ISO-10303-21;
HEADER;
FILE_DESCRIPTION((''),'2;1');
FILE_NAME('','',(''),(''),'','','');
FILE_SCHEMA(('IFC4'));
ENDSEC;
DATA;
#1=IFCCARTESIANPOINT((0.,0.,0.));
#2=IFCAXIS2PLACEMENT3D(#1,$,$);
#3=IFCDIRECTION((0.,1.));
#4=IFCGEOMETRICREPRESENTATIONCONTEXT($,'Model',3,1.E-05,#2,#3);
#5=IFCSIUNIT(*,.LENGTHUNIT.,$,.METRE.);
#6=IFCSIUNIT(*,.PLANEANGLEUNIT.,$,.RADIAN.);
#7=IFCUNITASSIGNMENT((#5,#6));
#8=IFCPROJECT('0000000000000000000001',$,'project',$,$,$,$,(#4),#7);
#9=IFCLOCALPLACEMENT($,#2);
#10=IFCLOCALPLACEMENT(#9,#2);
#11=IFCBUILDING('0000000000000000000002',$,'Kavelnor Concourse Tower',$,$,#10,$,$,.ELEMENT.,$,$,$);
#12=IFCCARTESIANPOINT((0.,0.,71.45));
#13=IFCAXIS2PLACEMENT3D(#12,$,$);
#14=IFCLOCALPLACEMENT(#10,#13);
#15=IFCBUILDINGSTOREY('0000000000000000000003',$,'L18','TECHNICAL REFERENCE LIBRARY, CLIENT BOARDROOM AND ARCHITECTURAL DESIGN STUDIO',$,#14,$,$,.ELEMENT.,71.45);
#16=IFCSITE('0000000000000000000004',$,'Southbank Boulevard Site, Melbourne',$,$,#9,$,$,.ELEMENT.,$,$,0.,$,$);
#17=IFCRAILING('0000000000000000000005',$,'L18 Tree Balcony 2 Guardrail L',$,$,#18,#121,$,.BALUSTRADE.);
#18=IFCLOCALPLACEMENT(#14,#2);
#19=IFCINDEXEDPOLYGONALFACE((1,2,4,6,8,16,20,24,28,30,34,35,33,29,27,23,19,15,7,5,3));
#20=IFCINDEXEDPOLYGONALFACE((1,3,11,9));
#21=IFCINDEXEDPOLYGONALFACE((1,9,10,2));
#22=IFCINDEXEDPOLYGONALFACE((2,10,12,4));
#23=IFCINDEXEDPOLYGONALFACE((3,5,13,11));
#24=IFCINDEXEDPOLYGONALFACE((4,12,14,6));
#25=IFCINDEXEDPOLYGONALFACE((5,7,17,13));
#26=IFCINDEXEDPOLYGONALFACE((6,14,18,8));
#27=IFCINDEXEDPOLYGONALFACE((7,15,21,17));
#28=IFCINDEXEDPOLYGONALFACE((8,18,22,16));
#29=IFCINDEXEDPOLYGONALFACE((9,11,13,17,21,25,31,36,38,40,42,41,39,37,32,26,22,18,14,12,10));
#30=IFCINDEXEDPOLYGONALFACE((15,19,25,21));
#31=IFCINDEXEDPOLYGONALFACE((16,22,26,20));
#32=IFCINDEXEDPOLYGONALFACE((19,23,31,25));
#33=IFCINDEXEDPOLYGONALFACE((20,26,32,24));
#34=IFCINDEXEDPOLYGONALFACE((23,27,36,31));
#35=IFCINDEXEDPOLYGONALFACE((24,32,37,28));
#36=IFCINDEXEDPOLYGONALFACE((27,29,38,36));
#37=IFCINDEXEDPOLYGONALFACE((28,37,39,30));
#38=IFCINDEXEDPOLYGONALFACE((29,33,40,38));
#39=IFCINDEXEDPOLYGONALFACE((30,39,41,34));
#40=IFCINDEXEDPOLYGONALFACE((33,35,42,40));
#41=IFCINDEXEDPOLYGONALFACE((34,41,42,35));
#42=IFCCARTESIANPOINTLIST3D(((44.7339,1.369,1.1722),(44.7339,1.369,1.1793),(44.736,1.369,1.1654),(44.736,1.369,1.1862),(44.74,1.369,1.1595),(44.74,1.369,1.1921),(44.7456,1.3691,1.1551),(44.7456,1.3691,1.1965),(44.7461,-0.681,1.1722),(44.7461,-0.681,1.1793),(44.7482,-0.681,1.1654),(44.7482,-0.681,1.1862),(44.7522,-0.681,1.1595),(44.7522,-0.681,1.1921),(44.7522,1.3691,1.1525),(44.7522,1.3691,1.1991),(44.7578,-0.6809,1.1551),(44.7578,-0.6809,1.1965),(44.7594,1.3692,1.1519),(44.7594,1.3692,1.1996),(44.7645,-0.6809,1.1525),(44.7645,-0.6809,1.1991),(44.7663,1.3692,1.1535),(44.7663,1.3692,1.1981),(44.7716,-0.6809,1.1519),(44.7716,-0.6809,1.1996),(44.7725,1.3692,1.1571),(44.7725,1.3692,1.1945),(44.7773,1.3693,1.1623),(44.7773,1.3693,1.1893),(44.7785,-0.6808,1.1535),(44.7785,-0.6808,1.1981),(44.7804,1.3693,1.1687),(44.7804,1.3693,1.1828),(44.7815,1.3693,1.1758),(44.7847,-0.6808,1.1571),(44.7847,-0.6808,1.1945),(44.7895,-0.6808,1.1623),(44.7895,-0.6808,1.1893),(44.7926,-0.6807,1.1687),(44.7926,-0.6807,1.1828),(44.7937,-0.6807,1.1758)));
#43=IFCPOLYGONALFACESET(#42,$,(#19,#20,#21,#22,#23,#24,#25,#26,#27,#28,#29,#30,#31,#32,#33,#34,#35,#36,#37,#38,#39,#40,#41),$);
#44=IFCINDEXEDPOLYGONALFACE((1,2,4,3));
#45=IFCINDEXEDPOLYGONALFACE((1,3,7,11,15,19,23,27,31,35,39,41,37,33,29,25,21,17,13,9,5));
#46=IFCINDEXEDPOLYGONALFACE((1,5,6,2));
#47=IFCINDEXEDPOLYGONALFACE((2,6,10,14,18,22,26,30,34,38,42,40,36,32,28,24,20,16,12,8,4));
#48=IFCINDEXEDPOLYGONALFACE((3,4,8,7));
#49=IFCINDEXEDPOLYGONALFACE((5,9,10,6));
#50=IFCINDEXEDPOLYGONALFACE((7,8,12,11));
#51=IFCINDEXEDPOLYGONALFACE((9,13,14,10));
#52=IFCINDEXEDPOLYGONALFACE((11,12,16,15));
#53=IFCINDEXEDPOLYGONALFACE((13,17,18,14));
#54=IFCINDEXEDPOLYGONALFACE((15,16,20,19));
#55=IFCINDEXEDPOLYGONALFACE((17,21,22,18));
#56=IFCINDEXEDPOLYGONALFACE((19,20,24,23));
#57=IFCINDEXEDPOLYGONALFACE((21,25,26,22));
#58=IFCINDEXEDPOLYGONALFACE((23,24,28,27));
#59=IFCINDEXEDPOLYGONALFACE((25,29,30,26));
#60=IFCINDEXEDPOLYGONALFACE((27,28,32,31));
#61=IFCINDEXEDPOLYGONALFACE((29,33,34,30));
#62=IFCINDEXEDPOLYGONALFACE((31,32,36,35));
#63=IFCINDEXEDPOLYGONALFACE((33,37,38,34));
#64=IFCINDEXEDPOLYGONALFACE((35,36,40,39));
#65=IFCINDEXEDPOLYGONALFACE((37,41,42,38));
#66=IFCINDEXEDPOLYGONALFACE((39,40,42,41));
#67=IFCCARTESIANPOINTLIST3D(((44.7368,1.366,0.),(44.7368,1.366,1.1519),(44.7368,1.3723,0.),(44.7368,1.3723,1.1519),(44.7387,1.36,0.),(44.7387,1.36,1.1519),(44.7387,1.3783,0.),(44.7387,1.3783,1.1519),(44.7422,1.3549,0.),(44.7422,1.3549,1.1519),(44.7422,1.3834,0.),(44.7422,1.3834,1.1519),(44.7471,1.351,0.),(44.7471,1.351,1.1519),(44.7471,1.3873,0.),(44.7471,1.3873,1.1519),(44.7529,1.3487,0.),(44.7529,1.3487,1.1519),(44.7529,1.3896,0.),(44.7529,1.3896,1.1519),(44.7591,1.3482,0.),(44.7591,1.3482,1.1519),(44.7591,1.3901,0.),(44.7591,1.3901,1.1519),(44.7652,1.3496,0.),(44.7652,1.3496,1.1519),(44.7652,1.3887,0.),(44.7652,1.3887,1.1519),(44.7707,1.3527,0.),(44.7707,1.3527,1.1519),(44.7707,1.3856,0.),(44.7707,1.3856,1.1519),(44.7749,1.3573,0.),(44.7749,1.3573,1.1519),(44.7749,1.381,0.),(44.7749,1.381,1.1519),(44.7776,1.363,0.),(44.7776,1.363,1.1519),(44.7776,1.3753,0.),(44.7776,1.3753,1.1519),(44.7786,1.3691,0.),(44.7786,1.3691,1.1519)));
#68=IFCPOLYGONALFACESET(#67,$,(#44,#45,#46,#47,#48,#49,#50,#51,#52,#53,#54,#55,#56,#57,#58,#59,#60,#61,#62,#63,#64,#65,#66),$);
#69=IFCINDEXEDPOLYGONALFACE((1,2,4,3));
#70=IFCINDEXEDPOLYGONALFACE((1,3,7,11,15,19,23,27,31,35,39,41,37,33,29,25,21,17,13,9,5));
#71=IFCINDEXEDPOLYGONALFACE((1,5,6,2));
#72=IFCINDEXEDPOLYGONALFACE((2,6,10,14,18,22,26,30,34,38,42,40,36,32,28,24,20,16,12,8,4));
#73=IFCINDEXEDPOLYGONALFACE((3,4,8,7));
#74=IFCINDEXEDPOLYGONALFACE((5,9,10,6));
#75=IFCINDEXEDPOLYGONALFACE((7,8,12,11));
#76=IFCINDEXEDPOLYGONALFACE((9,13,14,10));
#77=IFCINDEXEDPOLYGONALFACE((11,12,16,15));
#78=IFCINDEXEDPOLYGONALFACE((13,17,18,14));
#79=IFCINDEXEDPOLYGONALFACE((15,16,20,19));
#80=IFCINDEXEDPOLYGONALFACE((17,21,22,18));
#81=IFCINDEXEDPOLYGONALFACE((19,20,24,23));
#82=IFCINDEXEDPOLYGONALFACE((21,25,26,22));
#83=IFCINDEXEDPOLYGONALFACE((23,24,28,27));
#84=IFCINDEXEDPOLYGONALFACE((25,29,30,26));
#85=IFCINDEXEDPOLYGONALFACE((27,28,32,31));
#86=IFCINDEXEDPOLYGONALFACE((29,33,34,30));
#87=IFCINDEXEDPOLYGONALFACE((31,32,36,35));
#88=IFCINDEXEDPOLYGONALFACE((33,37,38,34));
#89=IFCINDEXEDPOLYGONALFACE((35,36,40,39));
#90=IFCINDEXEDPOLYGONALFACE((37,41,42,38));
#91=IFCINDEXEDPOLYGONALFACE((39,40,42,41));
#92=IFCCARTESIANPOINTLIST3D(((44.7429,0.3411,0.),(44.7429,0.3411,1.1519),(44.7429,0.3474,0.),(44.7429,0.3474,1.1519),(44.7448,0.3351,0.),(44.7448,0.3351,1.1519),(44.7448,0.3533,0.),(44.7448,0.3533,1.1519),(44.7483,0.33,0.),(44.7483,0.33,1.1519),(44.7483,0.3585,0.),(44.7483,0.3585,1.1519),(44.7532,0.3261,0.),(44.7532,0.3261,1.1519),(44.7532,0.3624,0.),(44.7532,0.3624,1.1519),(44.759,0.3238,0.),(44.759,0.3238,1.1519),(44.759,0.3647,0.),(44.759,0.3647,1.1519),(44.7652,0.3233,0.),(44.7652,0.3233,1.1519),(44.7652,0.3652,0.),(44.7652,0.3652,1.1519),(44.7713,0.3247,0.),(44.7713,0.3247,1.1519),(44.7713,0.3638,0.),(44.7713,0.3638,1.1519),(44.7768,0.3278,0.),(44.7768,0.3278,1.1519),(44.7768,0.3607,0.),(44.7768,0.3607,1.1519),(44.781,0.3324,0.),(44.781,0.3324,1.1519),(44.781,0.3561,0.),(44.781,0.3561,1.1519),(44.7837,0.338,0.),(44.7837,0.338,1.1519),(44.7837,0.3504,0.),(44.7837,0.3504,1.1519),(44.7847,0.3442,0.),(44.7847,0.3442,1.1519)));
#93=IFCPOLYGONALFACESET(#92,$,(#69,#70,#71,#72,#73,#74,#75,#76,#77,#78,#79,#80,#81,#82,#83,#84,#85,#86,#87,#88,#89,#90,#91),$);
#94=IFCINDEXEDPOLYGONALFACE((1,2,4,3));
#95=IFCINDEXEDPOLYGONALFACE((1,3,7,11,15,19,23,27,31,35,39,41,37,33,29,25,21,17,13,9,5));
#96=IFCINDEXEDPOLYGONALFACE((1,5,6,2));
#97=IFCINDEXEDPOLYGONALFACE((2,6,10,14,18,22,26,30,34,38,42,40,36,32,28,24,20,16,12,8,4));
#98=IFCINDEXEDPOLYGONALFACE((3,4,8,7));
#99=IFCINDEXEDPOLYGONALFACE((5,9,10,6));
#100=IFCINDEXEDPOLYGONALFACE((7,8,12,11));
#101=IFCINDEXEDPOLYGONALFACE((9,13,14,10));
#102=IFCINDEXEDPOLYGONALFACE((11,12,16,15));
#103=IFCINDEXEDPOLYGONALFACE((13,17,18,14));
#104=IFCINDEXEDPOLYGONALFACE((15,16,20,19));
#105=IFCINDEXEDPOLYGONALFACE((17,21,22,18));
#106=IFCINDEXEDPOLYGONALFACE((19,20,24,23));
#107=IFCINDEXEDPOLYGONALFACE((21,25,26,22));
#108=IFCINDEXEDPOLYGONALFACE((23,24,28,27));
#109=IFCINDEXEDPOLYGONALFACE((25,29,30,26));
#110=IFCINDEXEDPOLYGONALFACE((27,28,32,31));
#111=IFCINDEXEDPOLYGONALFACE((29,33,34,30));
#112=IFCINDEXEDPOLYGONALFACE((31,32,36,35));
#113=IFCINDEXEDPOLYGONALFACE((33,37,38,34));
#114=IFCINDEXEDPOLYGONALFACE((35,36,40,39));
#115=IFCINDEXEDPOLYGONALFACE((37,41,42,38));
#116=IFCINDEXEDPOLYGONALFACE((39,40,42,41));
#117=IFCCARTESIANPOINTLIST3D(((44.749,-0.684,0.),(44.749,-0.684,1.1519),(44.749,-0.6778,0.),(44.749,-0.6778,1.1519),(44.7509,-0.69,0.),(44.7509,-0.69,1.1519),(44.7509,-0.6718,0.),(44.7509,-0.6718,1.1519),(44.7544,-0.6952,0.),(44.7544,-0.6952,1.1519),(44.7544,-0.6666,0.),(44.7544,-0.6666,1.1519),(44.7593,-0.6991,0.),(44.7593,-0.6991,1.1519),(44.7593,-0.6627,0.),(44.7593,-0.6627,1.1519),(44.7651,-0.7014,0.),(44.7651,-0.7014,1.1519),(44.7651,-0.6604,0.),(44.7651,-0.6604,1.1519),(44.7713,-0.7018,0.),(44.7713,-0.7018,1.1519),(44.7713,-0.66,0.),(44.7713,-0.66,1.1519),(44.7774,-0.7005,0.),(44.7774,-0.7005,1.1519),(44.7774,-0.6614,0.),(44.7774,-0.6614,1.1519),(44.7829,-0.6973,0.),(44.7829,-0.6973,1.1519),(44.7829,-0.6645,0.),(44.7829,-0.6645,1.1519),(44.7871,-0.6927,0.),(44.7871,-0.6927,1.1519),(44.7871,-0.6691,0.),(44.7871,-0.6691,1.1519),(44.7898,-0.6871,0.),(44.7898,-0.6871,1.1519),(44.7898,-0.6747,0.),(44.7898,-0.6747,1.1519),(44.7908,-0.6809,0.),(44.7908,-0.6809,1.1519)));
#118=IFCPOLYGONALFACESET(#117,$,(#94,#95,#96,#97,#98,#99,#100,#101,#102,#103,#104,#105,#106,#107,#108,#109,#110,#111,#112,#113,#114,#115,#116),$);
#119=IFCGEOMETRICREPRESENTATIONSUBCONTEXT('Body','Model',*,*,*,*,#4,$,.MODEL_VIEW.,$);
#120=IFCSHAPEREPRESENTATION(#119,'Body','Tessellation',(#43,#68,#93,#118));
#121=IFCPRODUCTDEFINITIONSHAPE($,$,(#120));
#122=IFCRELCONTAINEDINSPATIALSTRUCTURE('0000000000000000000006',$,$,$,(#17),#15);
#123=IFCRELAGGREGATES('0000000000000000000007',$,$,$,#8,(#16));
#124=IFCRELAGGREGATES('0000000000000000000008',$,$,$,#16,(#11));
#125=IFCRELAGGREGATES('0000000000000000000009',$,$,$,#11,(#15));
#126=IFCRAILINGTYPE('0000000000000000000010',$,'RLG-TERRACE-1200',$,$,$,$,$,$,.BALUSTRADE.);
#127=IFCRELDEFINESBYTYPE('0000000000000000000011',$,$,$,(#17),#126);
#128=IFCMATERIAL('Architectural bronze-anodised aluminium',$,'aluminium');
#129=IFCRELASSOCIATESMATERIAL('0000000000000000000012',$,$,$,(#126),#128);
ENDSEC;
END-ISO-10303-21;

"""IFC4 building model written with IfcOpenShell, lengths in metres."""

from ifc_helpers import new_model, si_unit, direction, frame, origin, origin_2d, place, context, subcontext, project, spatial, circle, extrude, material, type_object, element, save


model = new_model("IFC4")

# Units and contexts
model_context = context("Model", 3, precision=1e-05, world=origin(), true_north=direction((0.0, 1.0)))
body_context = subcontext(model_context, "Body", "Model", "MODEL_VIEW")
ifc_project = project(units=[si_unit("LENGTHUNIT", "METRE"), si_unit("PLANEANGLEUNIT", "RADIAN")], contexts=[model_context])

# Site, building, storey
site_placement = place(None, origin())
site = spatial("IfcSite", under=ifc_project, at=site_placement, Name="Southbank Boulevard Site, Melbourne", CompositionType="ELEMENT", RefElevation=0.0)
building_placement = place(site_placement, origin())
building = spatial("IfcBuilding", under=site, at=building_placement, Name="Kavelnor Concourse Tower", CompositionType="ELEMENT")
storey_placement = place(building_placement, frame((0.0, 0.0, 71.45)))
storey = spatial("IfcBuildingStorey", under=building, at=storey_placement, Name="L18", Description="TECHNICAL REFERENCE LIBRARY, CLIENT BOARDROOM AND ARCHITECTURAL DESIGN STUDIO", CompositionType="ELEMENT", Elevation=71.45)

# Railing
ifc_material_1 = material(Name="Architectural bronze-anodised aluminium", Category="aluminium")
railing_type_1 = type_object("IfcRailingType", Name="RLG-TERRACE-1200", PredefinedType="BALUSTRADE", material=ifc_material_1)
railing_1_placement = place(storey_placement, frame((44.7576, 1.3691, 0.0)))
element("IfcRailing", 1, at=railing_1_placement, inside=storey, type_object=railing_type_1, Name="L18 Tree Balcony 2 Guardrail L", PredefinedType="BALUSTRADE", context=body_context, shape_type="SweptSolid", body=[
    extrude(circle(Radius=0.0239, at=origin_2d()), frame((0.0, 0.0, 1.1758), z_axis=(0.005954, -0.999982, 0.0), x_axis=(0.999982, 0.005954, 0.0)), (0.0, 0.0, 1.0), 2.05),
    extrude(circle(Radius=0.021, at=origin_2d()), origin(), (0.0, 0.0, 1.0), 1.1519),
    extrude(circle(Radius=0.021, at=origin_2d()), frame((0.0061, -1.0249, 0.0)), (0.0, 0.0, 1.0), 1.1519),
    extrude(circle(Radius=0.021, at=origin_2d()), frame((0.0122, -2.05, 0.0)), (0.0, 0.0, 1.0), 1.1519),
])

save(model, "model.ifc")
